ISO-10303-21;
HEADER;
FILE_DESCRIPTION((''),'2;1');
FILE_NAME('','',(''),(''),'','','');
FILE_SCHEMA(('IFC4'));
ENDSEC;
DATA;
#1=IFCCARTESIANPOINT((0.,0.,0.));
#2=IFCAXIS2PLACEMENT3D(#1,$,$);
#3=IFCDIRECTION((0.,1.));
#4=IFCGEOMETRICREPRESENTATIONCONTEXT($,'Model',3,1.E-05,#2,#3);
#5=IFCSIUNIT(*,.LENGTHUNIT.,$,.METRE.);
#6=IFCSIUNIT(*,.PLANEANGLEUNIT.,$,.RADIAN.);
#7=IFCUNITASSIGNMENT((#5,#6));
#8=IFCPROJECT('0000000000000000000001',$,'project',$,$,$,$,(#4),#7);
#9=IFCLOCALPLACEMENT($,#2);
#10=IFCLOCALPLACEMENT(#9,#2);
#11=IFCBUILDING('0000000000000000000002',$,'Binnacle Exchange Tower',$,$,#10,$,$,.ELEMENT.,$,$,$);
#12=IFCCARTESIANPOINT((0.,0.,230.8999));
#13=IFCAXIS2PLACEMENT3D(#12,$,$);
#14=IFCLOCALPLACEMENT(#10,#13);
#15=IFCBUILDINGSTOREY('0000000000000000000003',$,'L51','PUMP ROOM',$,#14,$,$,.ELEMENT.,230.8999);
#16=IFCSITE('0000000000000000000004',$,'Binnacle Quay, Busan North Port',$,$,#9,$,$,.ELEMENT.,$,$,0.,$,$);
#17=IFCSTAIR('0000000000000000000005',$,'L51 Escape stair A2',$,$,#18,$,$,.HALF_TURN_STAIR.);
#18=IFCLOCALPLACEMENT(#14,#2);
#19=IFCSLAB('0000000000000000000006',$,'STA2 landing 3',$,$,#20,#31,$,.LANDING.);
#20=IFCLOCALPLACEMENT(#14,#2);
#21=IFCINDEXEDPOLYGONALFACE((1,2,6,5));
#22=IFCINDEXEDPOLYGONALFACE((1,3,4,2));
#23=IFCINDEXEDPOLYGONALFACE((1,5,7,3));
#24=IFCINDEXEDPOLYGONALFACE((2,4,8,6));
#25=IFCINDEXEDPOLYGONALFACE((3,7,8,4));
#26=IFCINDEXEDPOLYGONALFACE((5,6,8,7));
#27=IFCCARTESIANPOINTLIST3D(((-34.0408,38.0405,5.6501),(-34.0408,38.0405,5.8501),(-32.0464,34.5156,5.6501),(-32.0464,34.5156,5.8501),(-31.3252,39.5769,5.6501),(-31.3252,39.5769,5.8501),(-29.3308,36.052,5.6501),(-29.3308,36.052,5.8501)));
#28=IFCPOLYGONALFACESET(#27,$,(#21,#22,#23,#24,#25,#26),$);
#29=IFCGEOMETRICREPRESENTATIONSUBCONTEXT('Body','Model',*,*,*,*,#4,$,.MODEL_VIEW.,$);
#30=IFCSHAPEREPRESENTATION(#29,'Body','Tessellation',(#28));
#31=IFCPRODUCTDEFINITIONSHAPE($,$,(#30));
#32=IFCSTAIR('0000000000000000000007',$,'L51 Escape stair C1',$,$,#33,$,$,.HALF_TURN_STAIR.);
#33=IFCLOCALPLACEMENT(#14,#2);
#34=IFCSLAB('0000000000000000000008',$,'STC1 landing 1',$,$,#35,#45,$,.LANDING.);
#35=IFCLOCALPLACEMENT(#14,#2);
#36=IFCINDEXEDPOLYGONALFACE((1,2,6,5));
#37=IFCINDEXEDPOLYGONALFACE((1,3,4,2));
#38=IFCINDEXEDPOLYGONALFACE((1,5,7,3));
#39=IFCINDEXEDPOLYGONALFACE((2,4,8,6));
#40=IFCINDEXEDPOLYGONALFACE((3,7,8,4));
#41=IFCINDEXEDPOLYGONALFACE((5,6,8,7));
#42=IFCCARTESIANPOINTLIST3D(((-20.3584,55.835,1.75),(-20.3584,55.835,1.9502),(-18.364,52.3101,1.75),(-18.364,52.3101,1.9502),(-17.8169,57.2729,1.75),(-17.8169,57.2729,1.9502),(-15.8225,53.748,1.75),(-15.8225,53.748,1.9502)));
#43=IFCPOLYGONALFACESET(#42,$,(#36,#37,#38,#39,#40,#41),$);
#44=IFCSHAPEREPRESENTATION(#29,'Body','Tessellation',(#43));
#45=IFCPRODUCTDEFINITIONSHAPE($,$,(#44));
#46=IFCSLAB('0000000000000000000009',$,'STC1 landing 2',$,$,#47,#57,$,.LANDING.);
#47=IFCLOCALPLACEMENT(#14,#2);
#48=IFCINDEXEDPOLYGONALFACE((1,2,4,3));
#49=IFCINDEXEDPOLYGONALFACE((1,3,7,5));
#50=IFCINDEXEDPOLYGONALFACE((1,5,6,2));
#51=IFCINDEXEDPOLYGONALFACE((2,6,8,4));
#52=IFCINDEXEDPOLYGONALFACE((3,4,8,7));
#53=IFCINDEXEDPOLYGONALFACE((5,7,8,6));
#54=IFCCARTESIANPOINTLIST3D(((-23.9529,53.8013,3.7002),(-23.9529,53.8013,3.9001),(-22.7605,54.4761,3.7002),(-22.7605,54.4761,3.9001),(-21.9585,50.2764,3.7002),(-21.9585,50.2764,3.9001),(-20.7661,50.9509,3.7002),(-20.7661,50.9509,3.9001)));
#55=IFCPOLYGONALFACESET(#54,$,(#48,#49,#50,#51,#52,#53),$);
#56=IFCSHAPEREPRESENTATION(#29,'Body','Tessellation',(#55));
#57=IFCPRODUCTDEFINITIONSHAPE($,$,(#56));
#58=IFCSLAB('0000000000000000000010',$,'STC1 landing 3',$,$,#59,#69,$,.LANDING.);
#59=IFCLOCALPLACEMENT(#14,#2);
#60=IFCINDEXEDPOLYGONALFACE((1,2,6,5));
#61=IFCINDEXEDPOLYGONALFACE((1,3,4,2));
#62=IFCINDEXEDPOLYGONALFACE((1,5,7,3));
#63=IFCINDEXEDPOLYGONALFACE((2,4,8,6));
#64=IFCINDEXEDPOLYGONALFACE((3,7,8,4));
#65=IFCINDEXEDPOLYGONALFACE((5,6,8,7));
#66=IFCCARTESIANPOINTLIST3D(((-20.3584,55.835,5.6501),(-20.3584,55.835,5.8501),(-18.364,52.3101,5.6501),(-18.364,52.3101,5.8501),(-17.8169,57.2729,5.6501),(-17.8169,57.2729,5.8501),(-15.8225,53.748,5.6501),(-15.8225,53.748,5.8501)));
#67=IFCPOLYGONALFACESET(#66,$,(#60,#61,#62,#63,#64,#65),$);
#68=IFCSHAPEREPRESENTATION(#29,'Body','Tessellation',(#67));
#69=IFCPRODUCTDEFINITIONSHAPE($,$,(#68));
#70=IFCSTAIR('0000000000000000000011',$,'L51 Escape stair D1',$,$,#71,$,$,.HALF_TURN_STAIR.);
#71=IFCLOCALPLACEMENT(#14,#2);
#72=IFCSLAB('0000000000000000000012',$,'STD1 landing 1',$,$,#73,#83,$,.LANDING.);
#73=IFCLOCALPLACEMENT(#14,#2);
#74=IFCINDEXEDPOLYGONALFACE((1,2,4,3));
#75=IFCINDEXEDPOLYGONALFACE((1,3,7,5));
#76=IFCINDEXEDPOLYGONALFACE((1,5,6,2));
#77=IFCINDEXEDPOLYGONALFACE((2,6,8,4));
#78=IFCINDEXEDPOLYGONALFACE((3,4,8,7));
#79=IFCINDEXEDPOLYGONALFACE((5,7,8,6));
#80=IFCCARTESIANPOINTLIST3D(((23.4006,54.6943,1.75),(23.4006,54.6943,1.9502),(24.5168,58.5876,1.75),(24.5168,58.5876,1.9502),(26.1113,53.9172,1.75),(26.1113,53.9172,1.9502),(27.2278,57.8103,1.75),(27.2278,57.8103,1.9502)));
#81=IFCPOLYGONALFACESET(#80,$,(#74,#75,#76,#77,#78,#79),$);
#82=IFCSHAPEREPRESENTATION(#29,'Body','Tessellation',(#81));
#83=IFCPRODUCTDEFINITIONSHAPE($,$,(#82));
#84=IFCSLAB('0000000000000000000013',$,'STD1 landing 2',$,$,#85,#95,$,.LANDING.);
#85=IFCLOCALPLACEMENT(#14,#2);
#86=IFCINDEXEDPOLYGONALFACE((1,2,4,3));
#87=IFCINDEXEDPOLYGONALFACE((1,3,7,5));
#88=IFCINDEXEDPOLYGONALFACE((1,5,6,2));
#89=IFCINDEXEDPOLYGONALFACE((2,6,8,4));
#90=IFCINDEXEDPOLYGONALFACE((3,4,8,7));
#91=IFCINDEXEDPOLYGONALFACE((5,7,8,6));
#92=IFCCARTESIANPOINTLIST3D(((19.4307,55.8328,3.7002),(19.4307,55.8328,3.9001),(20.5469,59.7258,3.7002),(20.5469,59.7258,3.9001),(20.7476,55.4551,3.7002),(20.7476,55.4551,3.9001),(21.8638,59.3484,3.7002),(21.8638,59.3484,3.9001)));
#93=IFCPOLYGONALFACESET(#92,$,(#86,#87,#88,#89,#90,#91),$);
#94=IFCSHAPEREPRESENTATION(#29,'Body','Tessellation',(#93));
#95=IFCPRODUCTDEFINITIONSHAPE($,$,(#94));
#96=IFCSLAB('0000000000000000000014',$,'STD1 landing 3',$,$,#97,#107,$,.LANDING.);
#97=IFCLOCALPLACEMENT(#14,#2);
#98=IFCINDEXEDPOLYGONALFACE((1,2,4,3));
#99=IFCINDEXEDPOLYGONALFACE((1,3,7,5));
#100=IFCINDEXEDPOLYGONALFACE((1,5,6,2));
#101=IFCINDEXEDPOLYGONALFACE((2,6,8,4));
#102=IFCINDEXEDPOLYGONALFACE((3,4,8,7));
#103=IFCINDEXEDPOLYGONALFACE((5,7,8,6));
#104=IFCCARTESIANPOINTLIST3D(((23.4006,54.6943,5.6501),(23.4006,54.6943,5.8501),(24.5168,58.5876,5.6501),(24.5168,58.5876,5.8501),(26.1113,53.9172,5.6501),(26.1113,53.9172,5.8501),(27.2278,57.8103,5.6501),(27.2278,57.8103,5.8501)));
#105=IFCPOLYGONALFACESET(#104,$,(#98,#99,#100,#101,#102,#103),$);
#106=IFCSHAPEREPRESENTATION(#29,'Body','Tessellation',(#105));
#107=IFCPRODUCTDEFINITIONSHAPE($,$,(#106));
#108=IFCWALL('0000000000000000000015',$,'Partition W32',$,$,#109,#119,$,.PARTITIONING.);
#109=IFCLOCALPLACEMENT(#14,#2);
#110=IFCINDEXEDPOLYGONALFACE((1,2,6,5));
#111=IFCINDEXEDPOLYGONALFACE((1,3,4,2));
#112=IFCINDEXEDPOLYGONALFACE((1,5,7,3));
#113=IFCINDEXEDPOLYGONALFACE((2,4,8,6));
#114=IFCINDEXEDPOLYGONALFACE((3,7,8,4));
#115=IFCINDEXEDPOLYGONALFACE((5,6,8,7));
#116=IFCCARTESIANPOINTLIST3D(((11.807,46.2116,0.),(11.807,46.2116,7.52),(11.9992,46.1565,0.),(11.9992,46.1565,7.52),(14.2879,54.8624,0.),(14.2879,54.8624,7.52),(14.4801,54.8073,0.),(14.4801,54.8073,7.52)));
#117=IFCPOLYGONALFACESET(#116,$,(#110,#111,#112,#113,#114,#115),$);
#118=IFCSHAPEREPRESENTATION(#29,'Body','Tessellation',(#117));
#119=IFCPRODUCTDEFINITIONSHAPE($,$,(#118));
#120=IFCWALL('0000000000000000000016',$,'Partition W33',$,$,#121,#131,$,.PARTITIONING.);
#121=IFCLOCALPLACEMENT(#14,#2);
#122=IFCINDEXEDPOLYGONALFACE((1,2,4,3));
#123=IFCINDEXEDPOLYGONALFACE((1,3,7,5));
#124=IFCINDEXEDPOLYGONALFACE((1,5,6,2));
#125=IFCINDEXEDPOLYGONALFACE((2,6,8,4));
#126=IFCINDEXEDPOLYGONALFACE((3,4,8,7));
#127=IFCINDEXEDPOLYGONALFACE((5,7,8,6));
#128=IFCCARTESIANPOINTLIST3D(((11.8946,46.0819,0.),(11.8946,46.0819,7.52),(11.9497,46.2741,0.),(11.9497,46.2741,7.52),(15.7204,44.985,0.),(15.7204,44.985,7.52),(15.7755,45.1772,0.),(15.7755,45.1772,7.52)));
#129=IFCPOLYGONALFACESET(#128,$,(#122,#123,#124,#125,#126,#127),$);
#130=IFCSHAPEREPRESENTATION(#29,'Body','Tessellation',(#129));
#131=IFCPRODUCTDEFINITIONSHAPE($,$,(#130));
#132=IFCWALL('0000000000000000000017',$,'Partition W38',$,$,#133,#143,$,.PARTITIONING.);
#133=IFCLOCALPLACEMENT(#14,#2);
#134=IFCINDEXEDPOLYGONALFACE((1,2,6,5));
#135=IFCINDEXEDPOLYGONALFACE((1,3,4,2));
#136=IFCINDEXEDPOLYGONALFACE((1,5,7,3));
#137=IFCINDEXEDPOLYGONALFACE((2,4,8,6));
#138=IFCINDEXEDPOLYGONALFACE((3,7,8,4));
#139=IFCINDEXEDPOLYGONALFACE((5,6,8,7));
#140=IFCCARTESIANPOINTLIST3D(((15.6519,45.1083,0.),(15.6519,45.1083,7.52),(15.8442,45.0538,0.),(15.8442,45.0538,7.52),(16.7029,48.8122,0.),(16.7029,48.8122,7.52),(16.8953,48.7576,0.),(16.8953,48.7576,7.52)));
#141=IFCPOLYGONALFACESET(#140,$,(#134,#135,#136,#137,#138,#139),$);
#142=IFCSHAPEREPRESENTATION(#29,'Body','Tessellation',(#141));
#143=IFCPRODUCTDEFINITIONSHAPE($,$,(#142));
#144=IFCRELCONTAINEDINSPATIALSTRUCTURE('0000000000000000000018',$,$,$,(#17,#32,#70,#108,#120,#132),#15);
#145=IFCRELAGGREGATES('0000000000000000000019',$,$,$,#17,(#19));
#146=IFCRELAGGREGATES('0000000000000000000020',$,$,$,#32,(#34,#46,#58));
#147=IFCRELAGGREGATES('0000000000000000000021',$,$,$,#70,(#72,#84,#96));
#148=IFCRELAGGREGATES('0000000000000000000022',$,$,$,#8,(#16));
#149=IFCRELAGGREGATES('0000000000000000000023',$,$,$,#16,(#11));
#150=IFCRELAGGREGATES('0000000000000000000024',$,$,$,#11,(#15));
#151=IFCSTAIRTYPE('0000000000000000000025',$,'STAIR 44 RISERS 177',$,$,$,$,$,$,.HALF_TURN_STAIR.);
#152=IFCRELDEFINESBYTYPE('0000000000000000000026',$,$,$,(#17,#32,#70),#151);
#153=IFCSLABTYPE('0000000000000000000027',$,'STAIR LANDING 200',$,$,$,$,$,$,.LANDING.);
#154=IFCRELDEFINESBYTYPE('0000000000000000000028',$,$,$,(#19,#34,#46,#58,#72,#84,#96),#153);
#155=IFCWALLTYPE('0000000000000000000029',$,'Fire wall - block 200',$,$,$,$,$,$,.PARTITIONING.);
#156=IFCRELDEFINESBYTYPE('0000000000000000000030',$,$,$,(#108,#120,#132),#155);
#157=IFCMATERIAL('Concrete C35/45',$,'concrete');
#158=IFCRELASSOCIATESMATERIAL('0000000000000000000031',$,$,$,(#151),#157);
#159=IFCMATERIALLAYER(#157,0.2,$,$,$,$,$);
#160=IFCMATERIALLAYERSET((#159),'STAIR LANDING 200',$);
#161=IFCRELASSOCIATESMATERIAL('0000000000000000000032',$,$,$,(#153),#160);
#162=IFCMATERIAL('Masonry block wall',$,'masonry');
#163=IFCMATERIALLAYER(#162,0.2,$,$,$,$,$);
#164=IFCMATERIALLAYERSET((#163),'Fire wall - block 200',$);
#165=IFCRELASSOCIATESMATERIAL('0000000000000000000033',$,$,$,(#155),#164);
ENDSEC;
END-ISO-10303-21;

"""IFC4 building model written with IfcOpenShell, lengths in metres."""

from ifc_helpers import new_model, si_unit, direction, frame, frame_2d, origin, place, context, subcontext, project, spatial, polyline, rectangle, outline, extrude, material, layer, layer_set, type_object, element, aggregate, save


model = new_model("IFC4")

# Units and contexts
model_context = context("Model", 3, precision=1e-05, world=origin(), true_north=direction((0.0, 1.0)))
body_context = subcontext(model_context, "Body", "Model", "MODEL_VIEW")
ifc_project = project(units=[si_unit("LENGTHUNIT", "METRE"), si_unit("PLANEANGLEUNIT", "RADIAN")], contexts=[model_context])

# Site, building, storey
site_placement = place(None, origin())
site = spatial("IfcSite", under=ifc_project, at=site_placement, Name="Binnacle Quay, Busan North Port", CompositionType="ELEMENT", RefElevation=0.0)
building_placement = place(site_placement, origin())
building = spatial("IfcBuilding", under=site, at=building_placement, Name="Binnacle Exchange Tower", CompositionType="ELEMENT")
storey_placement = place(building_placement, frame((0.0, 0.0, 230.8999)))
storey = spatial("IfcBuildingStorey", under=building, at=storey_placement, Name="L51", Description="PUMP ROOM", CompositionType="ELEMENT", Elevation=230.8999)

# Shared definitions
ifc_material_1 = material(Name="Concrete C35/45", Category="concrete")

# Stairs, slabs
stair_type = type_object("IfcStairType", Name="STAIR 44 RISERS 177", PredefinedType="HALF_TURN_STAIR", material=ifc_material_1)
ifc_layer_1 = layer(ifc_material_1, 0.2)
ifc_layer_set_1 = layer_set([ifc_layer_1], Name="STAIR LANDING 200")
slab_type_1 = type_object("IfcSlabType", Name="STAIR LANDING 200", PredefinedType="LANDING", material=ifc_layer_set_1)
stair_1_placement = place(storey_placement, origin())
stair_1 = element("IfcStair", 1, at=stair_1_placement, inside=storey, type_object=stair_type, Name="L51 Escape stair A2", PredefinedType="HALF_TURN_STAIR")
slab_1_placement = place(storey_placement, frame((0.0, 0.0, 5.6501)))
slab_1 = element("IfcSlab", 2, at=slab_1_placement, type_object=slab_type_1, Name="STA2 landing 3", PredefinedType="LANDING", context=body_context, shape_type="SweptSolid", body=[
    extrude(outline(polyline([(-31.3252, 39.5769), (-34.0408, 38.0405), (-32.0464, 34.5156), (-29.3308, 36.052), (-31.3252, 39.5769)])), origin(), (0.0, 0.0, 1.0), 0.2),
])
aggregate(stair_1, [slab_1])
stair_2_placement = place(storey_placement, origin())
stair_2 = element("IfcStair", 3, at=stair_2_placement, inside=storey, type_object=stair_type, Name="L51 Escape stair C1", PredefinedType="HALF_TURN_STAIR")
slab_2_placement = place(storey_placement, frame((0.0, 0.0, 1.75)))
slab_2 = element("IfcSlab", 4, at=slab_2_placement, type_object=slab_type_1, Name="STC1 landing 1", PredefinedType="LANDING", context=body_context, shape_type="SweptSolid", body=[
    extrude(outline(polyline([(-18.364, 52.3101), (-15.8225, 53.748), (-17.8169, 57.2729), (-20.3584, 55.835), (-18.364, 52.3101)])), origin(), (0.0, 0.0, 1.0), 0.2002),
])
slab_3_placement = place(storey_placement, frame((0.0, 0.0, 3.7002)))
slab_3 = element("IfcSlab", 5, at=slab_3_placement, type_object=slab_type_1, Name="STC1 landing 2", PredefinedType="LANDING", context=body_context, shape_type="SweptSolid", body=[
    extrude(outline(polyline([(-21.9585, 50.2764), (-20.7661, 50.9509), (-22.7605, 54.4761), (-23.9529, 53.8013), (-21.9585, 50.2764)])), origin(), (0.0, 0.0, 1.0), 0.2),
])
slab_4_placement = place(storey_placement, frame((0.0, 0.0, 5.6501)))
slab_4 = element("IfcSlab", 6, at=slab_4_placement, type_object=slab_type_1, Name="STC1 landing 3", PredefinedType="LANDING", context=body_context, shape_type="SweptSolid", body=[
    extrude(outline(polyline([(-18.364, 52.3101), (-15.8225, 53.748), (-17.8169, 57.2729), (-20.3584, 55.835), (-18.364, 52.3101)])), origin(), (0.0, 0.0, 1.0), 0.2),
])
aggregate(stair_2, [slab_2, slab_3, slab_4])
stair_3_placement = place(storey_placement, origin())
stair_3 = element("IfcStair", 7, at=stair_3_placement, inside=storey, type_object=stair_type, Name="L51 Escape stair D1", PredefinedType="HALF_TURN_STAIR")
slab_5_placement = place(storey_placement, frame((0.0, 0.0, 1.75)))
slab_5 = element("IfcSlab", 8, at=slab_5_placement, type_object=slab_type_1, Name="STD1 landing 1", PredefinedType="LANDING", context=body_context, shape_type="SweptSolid", body=[
    extrude(outline(polyline([(23.4006, 54.6943), (26.1113, 53.9172), (27.2278, 57.8103), (24.5168, 58.5876), (23.4006, 54.6943)])), origin(), (0.0, 0.0, 1.0), 0.2002),
])
slab_6_placement = place(storey_placement, frame((0.0, 0.0, 3.7002)))
slab_6 = element("IfcSlab", 9, at=slab_6_placement, type_object=slab_type_1, Name="STD1 landing 2", PredefinedType="LANDING", context=body_context, shape_type="SweptSolid", body=[
    extrude(outline(polyline([(19.4307, 55.8328), (20.7476, 55.4551), (21.8638, 59.3484), (20.5469, 59.7258), (19.4307, 55.8328)])), origin(), (0.0, 0.0, 1.0), 0.2),
])
slab_7_placement = place(storey_placement, frame((0.0, 0.0, 5.6501)))
slab_7 = element("IfcSlab", 10, at=slab_7_placement, type_object=slab_type_1, Name="STD1 landing 3", PredefinedType="LANDING", context=body_context, shape_type="SweptSolid", body=[
    extrude(outline(polyline([(23.4006, 54.6943), (26.1113, 53.9172), (27.2278, 57.8103), (24.5168, 58.5876), (23.4006, 54.6943)])), origin(), (0.0, 0.0, 1.0), 0.2),
])
aggregate(stair_3, [slab_5, slab_6, slab_7])

# Walls
ifc_material_2 = material(Name="Masonry block wall", Category="masonry")
ifc_layer_2 = layer(ifc_material_2, 0.2)
ifc_layer_set_2 = layer_set([ifc_layer_2], Name="Fire wall - block 200")
wall_type = type_object("IfcWallType", Name="Fire wall - block 200", PredefinedType="PARTITIONING", material=ifc_layer_set_2)
wall_1_placement = place(storey_placement, frame((11.9031, 46.1841, 0.0), z_axis=(0.0, 0.0, 1.0), x_axis=(0.275674, 0.961251, 0.0)))
element("IfcWall", 11, at=wall_1_placement, inside=storey, type_object=wall_type, Name="Partition W32", PredefinedType="PARTITIONING", context=body_context, shape_type="SweptSolid", body=[
    extrude(rectangle(XDim=8.9995, YDim=0.2, at=frame_2d((4.4998, 0.0))), origin(), (0.0, 0.0, 1.0), 7.52),
])
wall_2_placement = place(storey_placement, frame((11.9221, 46.178, 0.0), z_axis=(0.0, 0.0, 1.0), x_axis=(0.961271, -0.275604, 0.0)))
element("IfcWall", 12, at=wall_2_placement, inside=storey, type_object=wall_type, Name="Partition W33", PredefinedType="PARTITIONING", context=body_context, shape_type="SweptSolid", body=[
    extrude(rectangle(XDim=3.98, YDim=0.2, at=frame_2d((1.99, 0.0))), origin(), (0.0, 0.0, 1.0), 7.52),
])
wall_3_placement = place(storey_placement, frame((15.748, 45.0811, 0.0), z_axis=(0.0, 0.0, 1.0), x_axis=(0.272987, 0.962018, 0.0)))
element("IfcWall", 13, at=wall_3_placement, inside=storey, type_object=wall_type, Name="Partition W38", PredefinedType="PARTITIONING", context=body_context, shape_type="SweptSolid", body=[
    extrude(rectangle(XDim=3.8501, YDim=0.2, at=frame_2d((1.925, 0.0))), origin(), (0.0, 0.0, 1.0), 7.52),
])

save(model, "model.ifc")
